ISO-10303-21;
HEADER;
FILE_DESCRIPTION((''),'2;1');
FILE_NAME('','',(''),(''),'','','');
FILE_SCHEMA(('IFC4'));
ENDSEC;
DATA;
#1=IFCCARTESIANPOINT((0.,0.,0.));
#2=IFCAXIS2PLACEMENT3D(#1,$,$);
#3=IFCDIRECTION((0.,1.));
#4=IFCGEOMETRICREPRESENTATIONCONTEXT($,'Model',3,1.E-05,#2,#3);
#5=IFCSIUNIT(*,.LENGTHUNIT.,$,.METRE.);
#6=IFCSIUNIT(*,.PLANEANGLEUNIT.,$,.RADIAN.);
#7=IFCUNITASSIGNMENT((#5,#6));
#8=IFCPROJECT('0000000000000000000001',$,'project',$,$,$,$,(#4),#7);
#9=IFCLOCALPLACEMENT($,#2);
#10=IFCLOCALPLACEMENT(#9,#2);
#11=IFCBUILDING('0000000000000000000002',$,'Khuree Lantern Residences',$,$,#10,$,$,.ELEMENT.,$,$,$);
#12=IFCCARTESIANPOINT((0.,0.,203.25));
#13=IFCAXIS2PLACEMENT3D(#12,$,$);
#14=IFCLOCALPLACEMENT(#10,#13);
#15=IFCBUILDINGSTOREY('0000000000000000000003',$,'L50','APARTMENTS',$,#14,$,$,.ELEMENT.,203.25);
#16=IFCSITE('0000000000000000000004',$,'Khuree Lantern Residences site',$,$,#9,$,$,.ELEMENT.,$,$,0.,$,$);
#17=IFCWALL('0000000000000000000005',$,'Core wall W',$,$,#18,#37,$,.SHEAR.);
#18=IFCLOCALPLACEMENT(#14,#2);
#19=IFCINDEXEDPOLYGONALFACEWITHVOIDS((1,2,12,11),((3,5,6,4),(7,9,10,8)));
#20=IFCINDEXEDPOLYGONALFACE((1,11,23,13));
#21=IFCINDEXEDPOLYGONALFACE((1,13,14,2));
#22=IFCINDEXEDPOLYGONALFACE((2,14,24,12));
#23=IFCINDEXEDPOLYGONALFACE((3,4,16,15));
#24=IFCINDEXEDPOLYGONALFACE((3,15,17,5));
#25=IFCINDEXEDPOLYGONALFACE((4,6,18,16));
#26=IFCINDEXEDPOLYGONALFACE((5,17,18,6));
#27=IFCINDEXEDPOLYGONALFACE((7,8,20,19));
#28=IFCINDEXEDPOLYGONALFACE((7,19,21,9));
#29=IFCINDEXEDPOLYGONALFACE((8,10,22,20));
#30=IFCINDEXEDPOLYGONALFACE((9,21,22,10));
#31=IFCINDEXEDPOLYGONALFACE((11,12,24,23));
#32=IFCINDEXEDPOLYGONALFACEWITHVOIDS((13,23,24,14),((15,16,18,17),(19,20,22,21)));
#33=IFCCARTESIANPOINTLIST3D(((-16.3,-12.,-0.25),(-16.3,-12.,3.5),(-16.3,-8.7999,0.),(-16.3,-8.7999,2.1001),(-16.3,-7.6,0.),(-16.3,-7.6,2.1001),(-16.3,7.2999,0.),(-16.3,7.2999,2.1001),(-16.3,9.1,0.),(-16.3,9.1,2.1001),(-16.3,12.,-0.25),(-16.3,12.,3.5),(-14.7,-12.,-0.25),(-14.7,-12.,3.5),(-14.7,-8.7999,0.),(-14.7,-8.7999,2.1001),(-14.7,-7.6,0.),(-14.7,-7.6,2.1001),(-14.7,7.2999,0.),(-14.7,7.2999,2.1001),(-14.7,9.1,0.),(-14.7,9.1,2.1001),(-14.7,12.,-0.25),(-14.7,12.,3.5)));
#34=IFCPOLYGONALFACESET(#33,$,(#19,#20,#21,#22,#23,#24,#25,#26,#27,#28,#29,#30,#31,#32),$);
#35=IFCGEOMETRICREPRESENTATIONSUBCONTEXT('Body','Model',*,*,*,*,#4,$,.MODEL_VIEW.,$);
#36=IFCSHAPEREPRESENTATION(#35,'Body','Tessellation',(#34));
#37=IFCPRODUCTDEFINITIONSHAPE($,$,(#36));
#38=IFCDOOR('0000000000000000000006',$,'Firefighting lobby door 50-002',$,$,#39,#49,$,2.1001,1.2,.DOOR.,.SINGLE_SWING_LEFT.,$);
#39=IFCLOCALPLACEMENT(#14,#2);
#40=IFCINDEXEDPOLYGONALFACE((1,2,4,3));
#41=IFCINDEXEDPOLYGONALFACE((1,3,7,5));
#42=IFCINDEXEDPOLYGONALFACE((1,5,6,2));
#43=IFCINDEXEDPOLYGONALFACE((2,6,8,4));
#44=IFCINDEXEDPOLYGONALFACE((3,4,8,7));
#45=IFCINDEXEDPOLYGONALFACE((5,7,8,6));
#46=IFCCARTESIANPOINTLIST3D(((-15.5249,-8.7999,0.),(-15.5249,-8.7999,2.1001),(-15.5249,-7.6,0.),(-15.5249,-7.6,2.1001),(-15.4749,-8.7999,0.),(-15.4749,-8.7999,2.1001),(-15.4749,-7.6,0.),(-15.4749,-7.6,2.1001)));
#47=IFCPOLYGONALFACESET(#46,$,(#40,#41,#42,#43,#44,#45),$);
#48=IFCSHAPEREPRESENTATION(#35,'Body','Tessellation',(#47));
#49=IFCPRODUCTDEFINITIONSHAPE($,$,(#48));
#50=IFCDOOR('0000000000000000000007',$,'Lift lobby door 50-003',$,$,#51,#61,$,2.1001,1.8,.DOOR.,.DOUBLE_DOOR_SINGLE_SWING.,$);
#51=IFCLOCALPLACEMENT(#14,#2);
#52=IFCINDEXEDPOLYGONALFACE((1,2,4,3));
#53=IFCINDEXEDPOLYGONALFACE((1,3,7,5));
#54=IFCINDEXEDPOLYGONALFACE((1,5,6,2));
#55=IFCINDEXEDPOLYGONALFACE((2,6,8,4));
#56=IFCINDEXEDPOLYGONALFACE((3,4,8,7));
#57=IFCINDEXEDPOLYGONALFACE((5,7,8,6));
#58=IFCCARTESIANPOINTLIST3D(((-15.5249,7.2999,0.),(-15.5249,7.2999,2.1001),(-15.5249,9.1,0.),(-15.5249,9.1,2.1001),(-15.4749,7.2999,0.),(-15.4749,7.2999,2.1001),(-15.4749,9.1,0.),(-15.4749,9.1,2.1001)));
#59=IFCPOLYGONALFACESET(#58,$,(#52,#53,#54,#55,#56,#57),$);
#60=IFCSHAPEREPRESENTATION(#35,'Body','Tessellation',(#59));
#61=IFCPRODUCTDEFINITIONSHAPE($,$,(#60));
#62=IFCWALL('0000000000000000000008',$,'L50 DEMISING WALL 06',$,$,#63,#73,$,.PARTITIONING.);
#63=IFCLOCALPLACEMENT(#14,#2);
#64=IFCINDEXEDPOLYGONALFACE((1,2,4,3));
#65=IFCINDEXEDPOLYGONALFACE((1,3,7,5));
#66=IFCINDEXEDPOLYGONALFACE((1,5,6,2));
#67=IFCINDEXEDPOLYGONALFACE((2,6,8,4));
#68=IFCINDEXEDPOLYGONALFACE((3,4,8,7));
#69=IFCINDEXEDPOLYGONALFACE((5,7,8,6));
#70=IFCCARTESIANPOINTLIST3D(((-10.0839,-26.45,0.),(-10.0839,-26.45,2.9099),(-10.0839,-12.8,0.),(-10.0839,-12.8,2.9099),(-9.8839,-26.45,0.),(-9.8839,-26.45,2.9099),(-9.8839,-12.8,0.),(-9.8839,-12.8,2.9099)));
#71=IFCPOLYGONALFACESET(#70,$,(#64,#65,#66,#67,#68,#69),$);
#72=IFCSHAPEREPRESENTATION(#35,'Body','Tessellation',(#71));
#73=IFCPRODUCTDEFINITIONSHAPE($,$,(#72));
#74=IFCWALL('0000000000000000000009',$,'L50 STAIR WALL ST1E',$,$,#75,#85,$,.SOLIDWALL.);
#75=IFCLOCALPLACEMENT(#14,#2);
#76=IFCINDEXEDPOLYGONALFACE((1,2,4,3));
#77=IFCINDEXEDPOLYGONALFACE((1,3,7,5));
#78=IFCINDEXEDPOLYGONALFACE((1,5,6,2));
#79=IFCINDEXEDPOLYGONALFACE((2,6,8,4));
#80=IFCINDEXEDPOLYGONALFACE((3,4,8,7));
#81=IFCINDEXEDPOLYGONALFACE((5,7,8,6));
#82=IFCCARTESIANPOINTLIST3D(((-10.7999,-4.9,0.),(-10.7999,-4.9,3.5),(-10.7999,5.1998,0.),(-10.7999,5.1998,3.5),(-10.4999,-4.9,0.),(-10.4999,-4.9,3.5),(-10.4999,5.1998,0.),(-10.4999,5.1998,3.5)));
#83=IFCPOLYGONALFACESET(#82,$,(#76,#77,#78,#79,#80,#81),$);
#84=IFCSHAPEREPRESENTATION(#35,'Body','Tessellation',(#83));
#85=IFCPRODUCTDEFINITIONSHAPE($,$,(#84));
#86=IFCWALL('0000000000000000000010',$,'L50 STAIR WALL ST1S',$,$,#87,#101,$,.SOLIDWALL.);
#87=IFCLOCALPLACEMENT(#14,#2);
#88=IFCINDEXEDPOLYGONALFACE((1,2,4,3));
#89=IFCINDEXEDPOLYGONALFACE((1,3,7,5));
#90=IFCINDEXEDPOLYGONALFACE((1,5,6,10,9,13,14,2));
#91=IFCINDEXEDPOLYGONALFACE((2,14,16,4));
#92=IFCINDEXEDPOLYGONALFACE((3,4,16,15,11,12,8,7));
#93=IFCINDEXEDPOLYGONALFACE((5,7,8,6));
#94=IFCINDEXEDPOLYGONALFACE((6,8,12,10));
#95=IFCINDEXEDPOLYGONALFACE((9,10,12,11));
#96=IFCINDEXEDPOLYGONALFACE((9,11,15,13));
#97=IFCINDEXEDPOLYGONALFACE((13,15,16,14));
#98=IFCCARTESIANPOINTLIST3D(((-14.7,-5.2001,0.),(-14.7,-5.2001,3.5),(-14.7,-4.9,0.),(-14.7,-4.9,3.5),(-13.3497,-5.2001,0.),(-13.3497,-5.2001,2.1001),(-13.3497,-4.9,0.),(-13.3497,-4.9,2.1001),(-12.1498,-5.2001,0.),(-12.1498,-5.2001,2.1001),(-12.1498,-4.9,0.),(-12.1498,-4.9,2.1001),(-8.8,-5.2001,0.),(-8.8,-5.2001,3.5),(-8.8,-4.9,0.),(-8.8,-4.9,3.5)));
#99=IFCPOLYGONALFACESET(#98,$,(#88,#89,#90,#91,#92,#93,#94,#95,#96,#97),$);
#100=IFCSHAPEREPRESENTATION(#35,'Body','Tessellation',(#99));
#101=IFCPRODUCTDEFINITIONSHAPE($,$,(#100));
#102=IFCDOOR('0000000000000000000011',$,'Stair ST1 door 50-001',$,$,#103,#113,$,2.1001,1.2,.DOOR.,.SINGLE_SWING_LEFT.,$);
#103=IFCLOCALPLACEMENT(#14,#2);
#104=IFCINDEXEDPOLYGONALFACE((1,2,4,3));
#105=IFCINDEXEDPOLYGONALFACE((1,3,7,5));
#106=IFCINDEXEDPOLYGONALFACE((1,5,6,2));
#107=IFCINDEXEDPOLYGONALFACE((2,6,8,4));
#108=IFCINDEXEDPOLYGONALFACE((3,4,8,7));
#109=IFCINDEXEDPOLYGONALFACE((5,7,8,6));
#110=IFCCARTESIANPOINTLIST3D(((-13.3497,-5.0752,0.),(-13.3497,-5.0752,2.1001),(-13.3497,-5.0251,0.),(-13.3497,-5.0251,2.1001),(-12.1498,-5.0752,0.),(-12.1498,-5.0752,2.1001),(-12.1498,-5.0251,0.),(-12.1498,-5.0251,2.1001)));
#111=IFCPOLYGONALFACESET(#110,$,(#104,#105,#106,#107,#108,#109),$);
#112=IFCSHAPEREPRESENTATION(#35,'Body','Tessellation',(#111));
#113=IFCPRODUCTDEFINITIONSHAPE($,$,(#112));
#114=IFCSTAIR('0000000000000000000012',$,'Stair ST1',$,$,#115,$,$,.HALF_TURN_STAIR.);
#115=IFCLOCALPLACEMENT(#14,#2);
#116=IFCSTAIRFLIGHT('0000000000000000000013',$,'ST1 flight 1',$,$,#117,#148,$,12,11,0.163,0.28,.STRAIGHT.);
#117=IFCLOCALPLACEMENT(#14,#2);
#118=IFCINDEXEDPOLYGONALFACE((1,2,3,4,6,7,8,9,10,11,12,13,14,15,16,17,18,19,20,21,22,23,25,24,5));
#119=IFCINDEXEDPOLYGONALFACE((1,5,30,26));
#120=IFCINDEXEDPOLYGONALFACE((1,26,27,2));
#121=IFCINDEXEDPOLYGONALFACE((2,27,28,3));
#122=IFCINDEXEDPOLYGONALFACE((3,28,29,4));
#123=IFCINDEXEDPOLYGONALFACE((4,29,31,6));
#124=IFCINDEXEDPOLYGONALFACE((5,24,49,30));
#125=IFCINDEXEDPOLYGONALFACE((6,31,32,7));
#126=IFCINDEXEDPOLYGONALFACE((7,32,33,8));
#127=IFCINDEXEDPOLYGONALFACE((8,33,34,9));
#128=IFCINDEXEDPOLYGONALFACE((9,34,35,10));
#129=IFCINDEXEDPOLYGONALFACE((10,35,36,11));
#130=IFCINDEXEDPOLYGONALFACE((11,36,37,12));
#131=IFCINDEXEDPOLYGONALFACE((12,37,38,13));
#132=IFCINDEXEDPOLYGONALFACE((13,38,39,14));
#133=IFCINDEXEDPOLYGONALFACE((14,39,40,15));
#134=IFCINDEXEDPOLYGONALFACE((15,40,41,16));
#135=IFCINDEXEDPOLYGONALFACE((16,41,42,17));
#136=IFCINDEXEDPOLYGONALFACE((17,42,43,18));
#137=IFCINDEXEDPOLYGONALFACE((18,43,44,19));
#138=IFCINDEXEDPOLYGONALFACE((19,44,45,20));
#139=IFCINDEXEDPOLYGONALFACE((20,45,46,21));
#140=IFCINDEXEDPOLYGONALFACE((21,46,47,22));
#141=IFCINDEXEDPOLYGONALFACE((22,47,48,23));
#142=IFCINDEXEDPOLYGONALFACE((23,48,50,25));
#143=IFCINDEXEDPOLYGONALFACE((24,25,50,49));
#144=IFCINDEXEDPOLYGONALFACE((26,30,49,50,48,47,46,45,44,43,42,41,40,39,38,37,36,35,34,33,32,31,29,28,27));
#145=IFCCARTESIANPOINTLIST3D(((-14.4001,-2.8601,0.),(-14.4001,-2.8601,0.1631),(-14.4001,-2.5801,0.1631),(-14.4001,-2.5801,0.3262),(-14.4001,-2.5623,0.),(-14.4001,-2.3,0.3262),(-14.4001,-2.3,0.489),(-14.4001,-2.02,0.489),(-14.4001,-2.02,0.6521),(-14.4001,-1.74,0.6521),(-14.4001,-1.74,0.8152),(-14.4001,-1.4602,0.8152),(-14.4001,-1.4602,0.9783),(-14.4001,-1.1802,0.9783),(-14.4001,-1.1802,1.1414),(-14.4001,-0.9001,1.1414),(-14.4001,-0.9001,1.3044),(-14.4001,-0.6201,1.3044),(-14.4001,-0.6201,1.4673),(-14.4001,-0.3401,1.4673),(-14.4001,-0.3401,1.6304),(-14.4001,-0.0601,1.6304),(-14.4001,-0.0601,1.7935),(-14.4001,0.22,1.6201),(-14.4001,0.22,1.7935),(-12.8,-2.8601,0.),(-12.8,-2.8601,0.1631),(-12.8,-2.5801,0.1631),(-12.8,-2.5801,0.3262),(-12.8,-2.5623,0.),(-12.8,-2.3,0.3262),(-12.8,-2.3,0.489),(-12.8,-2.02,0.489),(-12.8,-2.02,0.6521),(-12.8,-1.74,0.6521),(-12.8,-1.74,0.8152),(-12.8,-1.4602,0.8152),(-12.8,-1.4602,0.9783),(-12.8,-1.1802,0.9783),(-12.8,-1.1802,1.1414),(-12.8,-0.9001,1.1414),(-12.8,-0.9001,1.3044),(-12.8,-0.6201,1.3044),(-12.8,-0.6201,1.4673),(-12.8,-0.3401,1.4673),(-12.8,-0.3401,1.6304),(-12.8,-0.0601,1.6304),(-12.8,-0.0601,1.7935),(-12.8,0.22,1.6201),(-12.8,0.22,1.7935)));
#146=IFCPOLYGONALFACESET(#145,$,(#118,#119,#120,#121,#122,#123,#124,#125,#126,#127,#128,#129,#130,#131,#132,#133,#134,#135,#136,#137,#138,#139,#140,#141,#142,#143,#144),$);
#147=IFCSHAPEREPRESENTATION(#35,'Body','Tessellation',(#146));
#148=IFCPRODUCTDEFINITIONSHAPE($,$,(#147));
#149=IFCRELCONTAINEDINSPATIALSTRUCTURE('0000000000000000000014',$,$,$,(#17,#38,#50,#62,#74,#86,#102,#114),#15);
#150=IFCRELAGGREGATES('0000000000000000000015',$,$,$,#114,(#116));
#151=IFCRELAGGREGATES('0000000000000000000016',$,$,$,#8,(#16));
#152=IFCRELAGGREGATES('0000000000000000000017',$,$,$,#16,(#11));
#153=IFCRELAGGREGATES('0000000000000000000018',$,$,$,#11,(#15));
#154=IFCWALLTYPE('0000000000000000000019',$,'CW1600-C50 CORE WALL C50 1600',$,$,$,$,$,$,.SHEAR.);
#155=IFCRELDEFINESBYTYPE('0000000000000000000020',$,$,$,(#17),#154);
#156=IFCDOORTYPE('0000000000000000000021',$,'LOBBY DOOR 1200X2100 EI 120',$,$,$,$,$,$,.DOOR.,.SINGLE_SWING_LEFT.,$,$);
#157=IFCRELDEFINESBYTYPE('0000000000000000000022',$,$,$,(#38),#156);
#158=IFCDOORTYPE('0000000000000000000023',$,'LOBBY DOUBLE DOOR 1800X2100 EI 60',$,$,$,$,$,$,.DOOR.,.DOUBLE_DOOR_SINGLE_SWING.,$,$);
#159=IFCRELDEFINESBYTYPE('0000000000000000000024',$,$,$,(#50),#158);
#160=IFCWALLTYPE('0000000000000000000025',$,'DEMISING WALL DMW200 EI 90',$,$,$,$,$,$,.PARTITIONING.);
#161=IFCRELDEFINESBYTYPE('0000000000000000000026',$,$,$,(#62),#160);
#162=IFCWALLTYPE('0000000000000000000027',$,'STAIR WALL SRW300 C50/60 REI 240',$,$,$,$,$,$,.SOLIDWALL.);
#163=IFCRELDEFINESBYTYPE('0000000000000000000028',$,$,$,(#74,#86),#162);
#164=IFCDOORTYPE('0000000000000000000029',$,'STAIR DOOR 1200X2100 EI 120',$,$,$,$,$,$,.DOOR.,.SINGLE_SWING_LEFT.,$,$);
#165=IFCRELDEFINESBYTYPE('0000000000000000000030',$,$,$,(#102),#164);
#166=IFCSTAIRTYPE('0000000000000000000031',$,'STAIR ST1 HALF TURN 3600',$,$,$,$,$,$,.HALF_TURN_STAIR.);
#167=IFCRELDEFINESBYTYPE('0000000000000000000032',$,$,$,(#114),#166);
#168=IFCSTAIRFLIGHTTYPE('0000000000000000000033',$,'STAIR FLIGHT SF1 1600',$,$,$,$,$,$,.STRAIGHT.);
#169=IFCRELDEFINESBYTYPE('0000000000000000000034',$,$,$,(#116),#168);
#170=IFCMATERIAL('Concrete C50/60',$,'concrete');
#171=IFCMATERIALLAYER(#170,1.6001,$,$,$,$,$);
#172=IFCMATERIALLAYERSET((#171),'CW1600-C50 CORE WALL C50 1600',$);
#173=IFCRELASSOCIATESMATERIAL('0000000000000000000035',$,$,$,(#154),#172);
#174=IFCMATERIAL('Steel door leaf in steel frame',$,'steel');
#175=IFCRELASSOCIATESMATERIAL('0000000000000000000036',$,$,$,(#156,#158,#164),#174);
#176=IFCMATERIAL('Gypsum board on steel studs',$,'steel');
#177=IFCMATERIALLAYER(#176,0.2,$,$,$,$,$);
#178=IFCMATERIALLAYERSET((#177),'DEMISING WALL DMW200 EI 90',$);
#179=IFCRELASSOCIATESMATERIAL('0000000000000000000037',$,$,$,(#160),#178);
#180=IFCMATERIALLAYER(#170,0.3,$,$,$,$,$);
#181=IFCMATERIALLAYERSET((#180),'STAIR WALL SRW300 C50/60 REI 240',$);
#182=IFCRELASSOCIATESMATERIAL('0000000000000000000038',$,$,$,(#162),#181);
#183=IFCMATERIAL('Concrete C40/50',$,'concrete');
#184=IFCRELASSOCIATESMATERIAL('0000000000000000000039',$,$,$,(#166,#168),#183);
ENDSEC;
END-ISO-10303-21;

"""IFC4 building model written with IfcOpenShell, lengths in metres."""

from ifc_helpers import new_model, si_unit, direction, frame, frame_2d, origin, place, context, subcontext, project, spatial, polyline, rectangle, outline, extrude, material, layer, layer_set, type_object, element, fill, aggregate, save


model = new_model("IFC4")

# Units and contexts
model_context = context("Model", 3, precision=1e-05, world=origin(), true_north=direction((0.0, 1.0)))
body_context = subcontext(model_context, "Body", "Model", "MODEL_VIEW")
ifc_project = project(units=[si_unit("LENGTHUNIT", "METRE"), si_unit("PLANEANGLEUNIT", "RADIAN")], contexts=[model_context])

# Site, building, storey
site_placement = place(None, origin())
site = spatial("IfcSite", under=ifc_project, at=site_placement, Name="Khuree Lantern Residences site", CompositionType="ELEMENT", RefElevation=0.0)
building_placement = place(site_placement, origin())
building = spatial("IfcBuilding", under=site, at=building_placement, Name="Khuree Lantern Residences", CompositionType="ELEMENT")
storey_placement = place(building_placement, frame((0.0, 0.0, 203.25)))
storey = spatial("IfcBuildingStorey", under=building, at=storey_placement, Name="L50", Description="APARTMENTS", CompositionType="ELEMENT", Elevation=203.25)

# Shared definitions
ifc_material_1 = material(Name="Concrete C50/60", Category="concrete")

# Shared definitions
ifc_material_2 = material(Name="Steel door leaf in steel frame", Category="steel")

# Shared definitions
ifc_material_3 = material(Name="Gypsum board on steel studs", Category="steel")
ifc_layer_1 = layer(ifc_material_1, 1.6001)
ifc_layer_set_1 = layer_set([ifc_layer_1], Name="CW1600-C50 CORE WALL C50 1600")
wall_type_1 = type_object("IfcWallType", Name="CW1600-C50 CORE WALL C50 1600", PredefinedType="SHEAR", material=ifc_layer_set_1)

# Wall, openings, doors
wall_1_placement = place(storey_placement, frame((-15.5, -12.0, -0.25), z_axis=(0.0, 0.0, 1.0), x_axis=(0.0, 1.0, 0.0)))
wall_1 = element("IfcWall", 1, at=wall_1_placement, inside=storey, type_object=wall_type_1, Name="Core wall W", PredefinedType="SHEAR", context=body_context, shape_type="SweptSolid", body=[
    extrude(rectangle(XDim=24.0, YDim=1.6001, at=frame_2d((12.0, 0.0))), origin(), (0.0, 0.0, 1.0), 3.75),
])
opening_1_placement = place(wall_1_placement, frame((3.2, 0.0, 0.25)))
opening_1 = element("IfcOpeningElement", 2, at=opening_1_placement, cuts=wall_1, PredefinedType="OPENING", context=body_context, shape_type="SweptSolid", body=[
    extrude(rectangle(XDim=1.2, YDim=2.1001, at=frame_2d((0.6001, 1.05))), frame((0.0, 0.8101, 0.0), z_axis=(0.0, -1.0, 0.0), x_axis=(1.0, 0.0, 0.0)), (0.0, 0.0, 1.0), 1.6201),
])
opening_2_placement = place(wall_1_placement, frame((19.3, 0.0, 0.25)))
opening_2 = element("IfcOpeningElement", 3, at=opening_2_placement, cuts=wall_1, PredefinedType="OPENING", context=body_context, shape_type="SweptSolid", body=[
    extrude(rectangle(XDim=1.8, YDim=2.1001, at=frame_2d((0.8999, 1.05))), frame((0.0, 0.8101, 0.0), z_axis=(0.0, -1.0, 0.0), x_axis=(1.0, 0.0, 0.0)), (0.0, 0.0, 1.0), 1.6201),
])
door_type_1 = type_object("IfcDoorType", Name="LOBBY DOOR 1200X2100 EI 120", OperationType="SINGLE_SWING_LEFT", PredefinedType="DOOR", material=ifc_material_2)
door_1_placement = place(opening_1_placement, origin())
door_1 = element("IfcDoor", 4, at=door_1_placement, inside=storey, type_object=door_type_1, Name="Firefighting lobby door 50-002", OperationType="SINGLE_SWING_LEFT", OverallHeight=2.1001, OverallWidth=1.2, PredefinedType="DOOR", context=body_context, shape_type="SweptSolid", body=[
    extrude(rectangle(XDim=1.2, YDim=2.1001, at=frame_2d((0.6001, 1.05))), frame((0.0, 0.0249, 0.0), z_axis=(0.0, -1.0, 0.0), x_axis=(1.0, 0.0, 0.0)), (0.0, 0.0, 1.0), 0.05),
])
fill(opening_1, door_1)
door_type_2 = type_object("IfcDoorType", Name="LOBBY DOUBLE DOOR 1800X2100 EI 60", OperationType="DOUBLE_DOOR_SINGLE_SWING", PredefinedType="DOOR", material=ifc_material_2)
door_2_placement = place(opening_2_placement, origin())
door_2 = element("IfcDoor", 5, at=door_2_placement, inside=storey, type_object=door_type_2, Name="Lift lobby door 50-003", OperationType="DOUBLE_DOOR_SINGLE_SWING", OverallHeight=2.1001, OverallWidth=1.8, PredefinedType="DOOR", context=body_context, shape_type="SweptSolid", body=[
    extrude(rectangle(XDim=1.8, YDim=2.1001, at=frame_2d((0.8999, 1.05))), frame((0.0, 0.0249, 0.0), z_axis=(0.0, -1.0, 0.0), x_axis=(1.0, 0.0, 0.0)), (0.0, 0.0, 1.0), 0.05),
])
fill(opening_2, door_2)

# Walls
ifc_layer_2 = layer(ifc_material_3, 0.2)
ifc_layer_set_2 = layer_set([ifc_layer_2], Name="DEMISING WALL DMW200 EI 90")
wall_type_2 = type_object("IfcWallType", Name="DEMISING WALL DMW200 EI 90", PredefinedType="PARTITIONING", material=ifc_layer_set_2)
wall_2_placement = place(storey_placement, frame((-9.9839, -12.8, 0.0), z_axis=(0.0, 0.0, 1.0), x_axis=(0.0, -1.0, 0.0)))
element("IfcWall", 6, at=wall_2_placement, inside=storey, type_object=wall_type_2, Name="L50 DEMISING WALL 06", PredefinedType="PARTITIONING", context=body_context, shape_type="SweptSolid", body=[
    extrude(rectangle(XDim=13.6499, YDim=0.2, at=frame_2d((6.825, 0.0))), origin(), (0.0, 0.0, 1.0), 2.9099),
])
ifc_layer_3 = layer(ifc_material_1, 0.3)
ifc_layer_set_3 = layer_set([ifc_layer_3], Name="STAIR WALL SRW300 C50/60 REI 240")
wall_type_3 = type_object("IfcWallType", Name="STAIR WALL SRW300 C50/60 REI 240", PredefinedType="SOLIDWALL", material=ifc_layer_set_3)
wall_3_placement = place(storey_placement, frame((-10.6499, -4.8999, 0.0), z_axis=(0.0, 0.0, 1.0), x_axis=(0.0, 1.0, 0.0)))
element("IfcWall", 7, at=wall_3_placement, inside=storey, type_object=wall_type_3, Name="L50 STAIR WALL ST1E", PredefinedType="SOLIDWALL", context=body_context, shape_type="SweptSolid", body=[
    extrude(rectangle(XDim=10.0999, YDim=0.3, at=frame_2d((5.0498, 0.0))), origin(), (0.0, 0.0, 1.0), 3.5),
])

# Wall, opening, door
wall_4_placement = place(storey_placement, frame((-14.7, -5.05, 0.0), z_axis=(0.0, 0.0, 1.0), x_axis=(1.0, 0.0, 0.0)))
wall_4 = element("IfcWall", 8, at=wall_4_placement, inside=storey, type_object=wall_type_3, Name="L50 STAIR WALL ST1S", PredefinedType="SOLIDWALL", context=body_context, shape_type="SweptSolid", body=[
    extrude(rectangle(XDim=5.8999, YDim=0.3, at=frame_2d((2.95, 0.0))), origin(), (0.0, 0.0, 1.0), 3.5),
])
opening_3_placement = place(wall_4_placement, frame((1.3501, 0.0, 0.0)))
opening_3 = element("IfcOpeningElement", 9, at=opening_3_placement, cuts=wall_4, PredefinedType="OPENING", context=body_context, shape_type="SweptSolid", body=[
    extrude(rectangle(XDim=1.2, YDim=2.1001, at=frame_2d((0.6001, 1.05))), frame((0.0, 0.1602, 0.0), z_axis=(0.0, -1.0, 0.0), x_axis=(1.0, 0.0, 0.0)), (0.0, 0.0, 1.0), 0.3201),
])
door_type_3 = type_object("IfcDoorType", Name="STAIR DOOR 1200X2100 EI 120", OperationType="SINGLE_SWING_LEFT", PredefinedType="DOOR", material=ifc_material_2)
door_3_placement = place(opening_3_placement, origin())
door_3 = element("IfcDoor", 10, at=door_3_placement, inside=storey, type_object=door_type_3, Name="Stair ST1 door 50-001", OperationType="SINGLE_SWING_LEFT", OverallHeight=2.1001, OverallWidth=1.2, PredefinedType="DOOR", context=body_context, shape_type="SweptSolid", body=[
    extrude(rectangle(XDim=1.2, YDim=2.1001, at=frame_2d((0.6001, 1.05))), frame((0.0, 0.0249, 0.0), z_axis=(0.0, -1.0, 0.0), x_axis=(1.0, 0.0, 0.0)), (0.0, 0.0, 1.0), 0.05),
])
fill(opening_3, door_3)

# Stair, stair flight
ifc_material_4 = material(Name="Concrete C40/50", Category="concrete")
stair_type = type_object("IfcStairType", Name="STAIR ST1 HALF TURN 3600", PredefinedType="HALF_TURN_STAIR", material=ifc_material_4)
stair_placement = place(storey_placement, origin())
stair = element("IfcStair", 11, at=stair_placement, inside=storey, type_object=stair_type, Name="Stair ST1", PredefinedType="HALF_TURN_STAIR")
stair_flight_type = type_object("IfcStairFlightType", Name="STAIR FLIGHT SF1 1600", PredefinedType="STRAIGHT", material=ifc_material_4)
stair_flight_placement = place(storey_placement, frame((-13.6001, -2.8601, 0.0), z_axis=(0.0, 0.0, 1.0), x_axis=(0.0, 1.0, 0.0)))
stair_flight = element("IfcStairFlight", 12, at=stair_flight_placement, type_object=stair_flight_type, Name="ST1 flight 1", NumberOfRisers=12, NumberOfTreads=11, PredefinedType="STRAIGHT", RiserHeight=0.163, TreadLength=0.28, context=body_context, shape_type="SweptSolid", body=[
    extrude(outline(polyline([(0.0, 0.0), (0.0, 0.1631), (0.28, 0.1631), (0.28, 0.3262), (0.5601, 0.3262), (0.5601, 0.489), (0.8401, 0.489), (0.8401, 0.6521), (1.1201, 0.6521), (1.1201, 0.8152), (1.3999, 0.8152), (1.3999, 0.9783), (1.6799, 0.9783), (1.6799, 1.1414), (1.96, 1.1414), (1.96, 1.3044), (2.24, 1.3044), (2.24, 1.4673), (2.52, 1.4673), (2.52, 1.6304), (2.8, 1.6304), (2.8, 1.7935), (3.0801, 1.7935), (3.0801, 1.9565), (3.0801, 1.6201), (0.2979, 0.0), (0.0, 0.0)])), frame((0.0, 0.8, 0.0), z_axis=(0.0, -1.0, 0.0), x_axis=(1.0, 0.0, 0.0)), (0.0, 0.0, 1.0), 1.6001),
])
aggregate(stair, [stair_flight])

save(model, "model.ifc")
